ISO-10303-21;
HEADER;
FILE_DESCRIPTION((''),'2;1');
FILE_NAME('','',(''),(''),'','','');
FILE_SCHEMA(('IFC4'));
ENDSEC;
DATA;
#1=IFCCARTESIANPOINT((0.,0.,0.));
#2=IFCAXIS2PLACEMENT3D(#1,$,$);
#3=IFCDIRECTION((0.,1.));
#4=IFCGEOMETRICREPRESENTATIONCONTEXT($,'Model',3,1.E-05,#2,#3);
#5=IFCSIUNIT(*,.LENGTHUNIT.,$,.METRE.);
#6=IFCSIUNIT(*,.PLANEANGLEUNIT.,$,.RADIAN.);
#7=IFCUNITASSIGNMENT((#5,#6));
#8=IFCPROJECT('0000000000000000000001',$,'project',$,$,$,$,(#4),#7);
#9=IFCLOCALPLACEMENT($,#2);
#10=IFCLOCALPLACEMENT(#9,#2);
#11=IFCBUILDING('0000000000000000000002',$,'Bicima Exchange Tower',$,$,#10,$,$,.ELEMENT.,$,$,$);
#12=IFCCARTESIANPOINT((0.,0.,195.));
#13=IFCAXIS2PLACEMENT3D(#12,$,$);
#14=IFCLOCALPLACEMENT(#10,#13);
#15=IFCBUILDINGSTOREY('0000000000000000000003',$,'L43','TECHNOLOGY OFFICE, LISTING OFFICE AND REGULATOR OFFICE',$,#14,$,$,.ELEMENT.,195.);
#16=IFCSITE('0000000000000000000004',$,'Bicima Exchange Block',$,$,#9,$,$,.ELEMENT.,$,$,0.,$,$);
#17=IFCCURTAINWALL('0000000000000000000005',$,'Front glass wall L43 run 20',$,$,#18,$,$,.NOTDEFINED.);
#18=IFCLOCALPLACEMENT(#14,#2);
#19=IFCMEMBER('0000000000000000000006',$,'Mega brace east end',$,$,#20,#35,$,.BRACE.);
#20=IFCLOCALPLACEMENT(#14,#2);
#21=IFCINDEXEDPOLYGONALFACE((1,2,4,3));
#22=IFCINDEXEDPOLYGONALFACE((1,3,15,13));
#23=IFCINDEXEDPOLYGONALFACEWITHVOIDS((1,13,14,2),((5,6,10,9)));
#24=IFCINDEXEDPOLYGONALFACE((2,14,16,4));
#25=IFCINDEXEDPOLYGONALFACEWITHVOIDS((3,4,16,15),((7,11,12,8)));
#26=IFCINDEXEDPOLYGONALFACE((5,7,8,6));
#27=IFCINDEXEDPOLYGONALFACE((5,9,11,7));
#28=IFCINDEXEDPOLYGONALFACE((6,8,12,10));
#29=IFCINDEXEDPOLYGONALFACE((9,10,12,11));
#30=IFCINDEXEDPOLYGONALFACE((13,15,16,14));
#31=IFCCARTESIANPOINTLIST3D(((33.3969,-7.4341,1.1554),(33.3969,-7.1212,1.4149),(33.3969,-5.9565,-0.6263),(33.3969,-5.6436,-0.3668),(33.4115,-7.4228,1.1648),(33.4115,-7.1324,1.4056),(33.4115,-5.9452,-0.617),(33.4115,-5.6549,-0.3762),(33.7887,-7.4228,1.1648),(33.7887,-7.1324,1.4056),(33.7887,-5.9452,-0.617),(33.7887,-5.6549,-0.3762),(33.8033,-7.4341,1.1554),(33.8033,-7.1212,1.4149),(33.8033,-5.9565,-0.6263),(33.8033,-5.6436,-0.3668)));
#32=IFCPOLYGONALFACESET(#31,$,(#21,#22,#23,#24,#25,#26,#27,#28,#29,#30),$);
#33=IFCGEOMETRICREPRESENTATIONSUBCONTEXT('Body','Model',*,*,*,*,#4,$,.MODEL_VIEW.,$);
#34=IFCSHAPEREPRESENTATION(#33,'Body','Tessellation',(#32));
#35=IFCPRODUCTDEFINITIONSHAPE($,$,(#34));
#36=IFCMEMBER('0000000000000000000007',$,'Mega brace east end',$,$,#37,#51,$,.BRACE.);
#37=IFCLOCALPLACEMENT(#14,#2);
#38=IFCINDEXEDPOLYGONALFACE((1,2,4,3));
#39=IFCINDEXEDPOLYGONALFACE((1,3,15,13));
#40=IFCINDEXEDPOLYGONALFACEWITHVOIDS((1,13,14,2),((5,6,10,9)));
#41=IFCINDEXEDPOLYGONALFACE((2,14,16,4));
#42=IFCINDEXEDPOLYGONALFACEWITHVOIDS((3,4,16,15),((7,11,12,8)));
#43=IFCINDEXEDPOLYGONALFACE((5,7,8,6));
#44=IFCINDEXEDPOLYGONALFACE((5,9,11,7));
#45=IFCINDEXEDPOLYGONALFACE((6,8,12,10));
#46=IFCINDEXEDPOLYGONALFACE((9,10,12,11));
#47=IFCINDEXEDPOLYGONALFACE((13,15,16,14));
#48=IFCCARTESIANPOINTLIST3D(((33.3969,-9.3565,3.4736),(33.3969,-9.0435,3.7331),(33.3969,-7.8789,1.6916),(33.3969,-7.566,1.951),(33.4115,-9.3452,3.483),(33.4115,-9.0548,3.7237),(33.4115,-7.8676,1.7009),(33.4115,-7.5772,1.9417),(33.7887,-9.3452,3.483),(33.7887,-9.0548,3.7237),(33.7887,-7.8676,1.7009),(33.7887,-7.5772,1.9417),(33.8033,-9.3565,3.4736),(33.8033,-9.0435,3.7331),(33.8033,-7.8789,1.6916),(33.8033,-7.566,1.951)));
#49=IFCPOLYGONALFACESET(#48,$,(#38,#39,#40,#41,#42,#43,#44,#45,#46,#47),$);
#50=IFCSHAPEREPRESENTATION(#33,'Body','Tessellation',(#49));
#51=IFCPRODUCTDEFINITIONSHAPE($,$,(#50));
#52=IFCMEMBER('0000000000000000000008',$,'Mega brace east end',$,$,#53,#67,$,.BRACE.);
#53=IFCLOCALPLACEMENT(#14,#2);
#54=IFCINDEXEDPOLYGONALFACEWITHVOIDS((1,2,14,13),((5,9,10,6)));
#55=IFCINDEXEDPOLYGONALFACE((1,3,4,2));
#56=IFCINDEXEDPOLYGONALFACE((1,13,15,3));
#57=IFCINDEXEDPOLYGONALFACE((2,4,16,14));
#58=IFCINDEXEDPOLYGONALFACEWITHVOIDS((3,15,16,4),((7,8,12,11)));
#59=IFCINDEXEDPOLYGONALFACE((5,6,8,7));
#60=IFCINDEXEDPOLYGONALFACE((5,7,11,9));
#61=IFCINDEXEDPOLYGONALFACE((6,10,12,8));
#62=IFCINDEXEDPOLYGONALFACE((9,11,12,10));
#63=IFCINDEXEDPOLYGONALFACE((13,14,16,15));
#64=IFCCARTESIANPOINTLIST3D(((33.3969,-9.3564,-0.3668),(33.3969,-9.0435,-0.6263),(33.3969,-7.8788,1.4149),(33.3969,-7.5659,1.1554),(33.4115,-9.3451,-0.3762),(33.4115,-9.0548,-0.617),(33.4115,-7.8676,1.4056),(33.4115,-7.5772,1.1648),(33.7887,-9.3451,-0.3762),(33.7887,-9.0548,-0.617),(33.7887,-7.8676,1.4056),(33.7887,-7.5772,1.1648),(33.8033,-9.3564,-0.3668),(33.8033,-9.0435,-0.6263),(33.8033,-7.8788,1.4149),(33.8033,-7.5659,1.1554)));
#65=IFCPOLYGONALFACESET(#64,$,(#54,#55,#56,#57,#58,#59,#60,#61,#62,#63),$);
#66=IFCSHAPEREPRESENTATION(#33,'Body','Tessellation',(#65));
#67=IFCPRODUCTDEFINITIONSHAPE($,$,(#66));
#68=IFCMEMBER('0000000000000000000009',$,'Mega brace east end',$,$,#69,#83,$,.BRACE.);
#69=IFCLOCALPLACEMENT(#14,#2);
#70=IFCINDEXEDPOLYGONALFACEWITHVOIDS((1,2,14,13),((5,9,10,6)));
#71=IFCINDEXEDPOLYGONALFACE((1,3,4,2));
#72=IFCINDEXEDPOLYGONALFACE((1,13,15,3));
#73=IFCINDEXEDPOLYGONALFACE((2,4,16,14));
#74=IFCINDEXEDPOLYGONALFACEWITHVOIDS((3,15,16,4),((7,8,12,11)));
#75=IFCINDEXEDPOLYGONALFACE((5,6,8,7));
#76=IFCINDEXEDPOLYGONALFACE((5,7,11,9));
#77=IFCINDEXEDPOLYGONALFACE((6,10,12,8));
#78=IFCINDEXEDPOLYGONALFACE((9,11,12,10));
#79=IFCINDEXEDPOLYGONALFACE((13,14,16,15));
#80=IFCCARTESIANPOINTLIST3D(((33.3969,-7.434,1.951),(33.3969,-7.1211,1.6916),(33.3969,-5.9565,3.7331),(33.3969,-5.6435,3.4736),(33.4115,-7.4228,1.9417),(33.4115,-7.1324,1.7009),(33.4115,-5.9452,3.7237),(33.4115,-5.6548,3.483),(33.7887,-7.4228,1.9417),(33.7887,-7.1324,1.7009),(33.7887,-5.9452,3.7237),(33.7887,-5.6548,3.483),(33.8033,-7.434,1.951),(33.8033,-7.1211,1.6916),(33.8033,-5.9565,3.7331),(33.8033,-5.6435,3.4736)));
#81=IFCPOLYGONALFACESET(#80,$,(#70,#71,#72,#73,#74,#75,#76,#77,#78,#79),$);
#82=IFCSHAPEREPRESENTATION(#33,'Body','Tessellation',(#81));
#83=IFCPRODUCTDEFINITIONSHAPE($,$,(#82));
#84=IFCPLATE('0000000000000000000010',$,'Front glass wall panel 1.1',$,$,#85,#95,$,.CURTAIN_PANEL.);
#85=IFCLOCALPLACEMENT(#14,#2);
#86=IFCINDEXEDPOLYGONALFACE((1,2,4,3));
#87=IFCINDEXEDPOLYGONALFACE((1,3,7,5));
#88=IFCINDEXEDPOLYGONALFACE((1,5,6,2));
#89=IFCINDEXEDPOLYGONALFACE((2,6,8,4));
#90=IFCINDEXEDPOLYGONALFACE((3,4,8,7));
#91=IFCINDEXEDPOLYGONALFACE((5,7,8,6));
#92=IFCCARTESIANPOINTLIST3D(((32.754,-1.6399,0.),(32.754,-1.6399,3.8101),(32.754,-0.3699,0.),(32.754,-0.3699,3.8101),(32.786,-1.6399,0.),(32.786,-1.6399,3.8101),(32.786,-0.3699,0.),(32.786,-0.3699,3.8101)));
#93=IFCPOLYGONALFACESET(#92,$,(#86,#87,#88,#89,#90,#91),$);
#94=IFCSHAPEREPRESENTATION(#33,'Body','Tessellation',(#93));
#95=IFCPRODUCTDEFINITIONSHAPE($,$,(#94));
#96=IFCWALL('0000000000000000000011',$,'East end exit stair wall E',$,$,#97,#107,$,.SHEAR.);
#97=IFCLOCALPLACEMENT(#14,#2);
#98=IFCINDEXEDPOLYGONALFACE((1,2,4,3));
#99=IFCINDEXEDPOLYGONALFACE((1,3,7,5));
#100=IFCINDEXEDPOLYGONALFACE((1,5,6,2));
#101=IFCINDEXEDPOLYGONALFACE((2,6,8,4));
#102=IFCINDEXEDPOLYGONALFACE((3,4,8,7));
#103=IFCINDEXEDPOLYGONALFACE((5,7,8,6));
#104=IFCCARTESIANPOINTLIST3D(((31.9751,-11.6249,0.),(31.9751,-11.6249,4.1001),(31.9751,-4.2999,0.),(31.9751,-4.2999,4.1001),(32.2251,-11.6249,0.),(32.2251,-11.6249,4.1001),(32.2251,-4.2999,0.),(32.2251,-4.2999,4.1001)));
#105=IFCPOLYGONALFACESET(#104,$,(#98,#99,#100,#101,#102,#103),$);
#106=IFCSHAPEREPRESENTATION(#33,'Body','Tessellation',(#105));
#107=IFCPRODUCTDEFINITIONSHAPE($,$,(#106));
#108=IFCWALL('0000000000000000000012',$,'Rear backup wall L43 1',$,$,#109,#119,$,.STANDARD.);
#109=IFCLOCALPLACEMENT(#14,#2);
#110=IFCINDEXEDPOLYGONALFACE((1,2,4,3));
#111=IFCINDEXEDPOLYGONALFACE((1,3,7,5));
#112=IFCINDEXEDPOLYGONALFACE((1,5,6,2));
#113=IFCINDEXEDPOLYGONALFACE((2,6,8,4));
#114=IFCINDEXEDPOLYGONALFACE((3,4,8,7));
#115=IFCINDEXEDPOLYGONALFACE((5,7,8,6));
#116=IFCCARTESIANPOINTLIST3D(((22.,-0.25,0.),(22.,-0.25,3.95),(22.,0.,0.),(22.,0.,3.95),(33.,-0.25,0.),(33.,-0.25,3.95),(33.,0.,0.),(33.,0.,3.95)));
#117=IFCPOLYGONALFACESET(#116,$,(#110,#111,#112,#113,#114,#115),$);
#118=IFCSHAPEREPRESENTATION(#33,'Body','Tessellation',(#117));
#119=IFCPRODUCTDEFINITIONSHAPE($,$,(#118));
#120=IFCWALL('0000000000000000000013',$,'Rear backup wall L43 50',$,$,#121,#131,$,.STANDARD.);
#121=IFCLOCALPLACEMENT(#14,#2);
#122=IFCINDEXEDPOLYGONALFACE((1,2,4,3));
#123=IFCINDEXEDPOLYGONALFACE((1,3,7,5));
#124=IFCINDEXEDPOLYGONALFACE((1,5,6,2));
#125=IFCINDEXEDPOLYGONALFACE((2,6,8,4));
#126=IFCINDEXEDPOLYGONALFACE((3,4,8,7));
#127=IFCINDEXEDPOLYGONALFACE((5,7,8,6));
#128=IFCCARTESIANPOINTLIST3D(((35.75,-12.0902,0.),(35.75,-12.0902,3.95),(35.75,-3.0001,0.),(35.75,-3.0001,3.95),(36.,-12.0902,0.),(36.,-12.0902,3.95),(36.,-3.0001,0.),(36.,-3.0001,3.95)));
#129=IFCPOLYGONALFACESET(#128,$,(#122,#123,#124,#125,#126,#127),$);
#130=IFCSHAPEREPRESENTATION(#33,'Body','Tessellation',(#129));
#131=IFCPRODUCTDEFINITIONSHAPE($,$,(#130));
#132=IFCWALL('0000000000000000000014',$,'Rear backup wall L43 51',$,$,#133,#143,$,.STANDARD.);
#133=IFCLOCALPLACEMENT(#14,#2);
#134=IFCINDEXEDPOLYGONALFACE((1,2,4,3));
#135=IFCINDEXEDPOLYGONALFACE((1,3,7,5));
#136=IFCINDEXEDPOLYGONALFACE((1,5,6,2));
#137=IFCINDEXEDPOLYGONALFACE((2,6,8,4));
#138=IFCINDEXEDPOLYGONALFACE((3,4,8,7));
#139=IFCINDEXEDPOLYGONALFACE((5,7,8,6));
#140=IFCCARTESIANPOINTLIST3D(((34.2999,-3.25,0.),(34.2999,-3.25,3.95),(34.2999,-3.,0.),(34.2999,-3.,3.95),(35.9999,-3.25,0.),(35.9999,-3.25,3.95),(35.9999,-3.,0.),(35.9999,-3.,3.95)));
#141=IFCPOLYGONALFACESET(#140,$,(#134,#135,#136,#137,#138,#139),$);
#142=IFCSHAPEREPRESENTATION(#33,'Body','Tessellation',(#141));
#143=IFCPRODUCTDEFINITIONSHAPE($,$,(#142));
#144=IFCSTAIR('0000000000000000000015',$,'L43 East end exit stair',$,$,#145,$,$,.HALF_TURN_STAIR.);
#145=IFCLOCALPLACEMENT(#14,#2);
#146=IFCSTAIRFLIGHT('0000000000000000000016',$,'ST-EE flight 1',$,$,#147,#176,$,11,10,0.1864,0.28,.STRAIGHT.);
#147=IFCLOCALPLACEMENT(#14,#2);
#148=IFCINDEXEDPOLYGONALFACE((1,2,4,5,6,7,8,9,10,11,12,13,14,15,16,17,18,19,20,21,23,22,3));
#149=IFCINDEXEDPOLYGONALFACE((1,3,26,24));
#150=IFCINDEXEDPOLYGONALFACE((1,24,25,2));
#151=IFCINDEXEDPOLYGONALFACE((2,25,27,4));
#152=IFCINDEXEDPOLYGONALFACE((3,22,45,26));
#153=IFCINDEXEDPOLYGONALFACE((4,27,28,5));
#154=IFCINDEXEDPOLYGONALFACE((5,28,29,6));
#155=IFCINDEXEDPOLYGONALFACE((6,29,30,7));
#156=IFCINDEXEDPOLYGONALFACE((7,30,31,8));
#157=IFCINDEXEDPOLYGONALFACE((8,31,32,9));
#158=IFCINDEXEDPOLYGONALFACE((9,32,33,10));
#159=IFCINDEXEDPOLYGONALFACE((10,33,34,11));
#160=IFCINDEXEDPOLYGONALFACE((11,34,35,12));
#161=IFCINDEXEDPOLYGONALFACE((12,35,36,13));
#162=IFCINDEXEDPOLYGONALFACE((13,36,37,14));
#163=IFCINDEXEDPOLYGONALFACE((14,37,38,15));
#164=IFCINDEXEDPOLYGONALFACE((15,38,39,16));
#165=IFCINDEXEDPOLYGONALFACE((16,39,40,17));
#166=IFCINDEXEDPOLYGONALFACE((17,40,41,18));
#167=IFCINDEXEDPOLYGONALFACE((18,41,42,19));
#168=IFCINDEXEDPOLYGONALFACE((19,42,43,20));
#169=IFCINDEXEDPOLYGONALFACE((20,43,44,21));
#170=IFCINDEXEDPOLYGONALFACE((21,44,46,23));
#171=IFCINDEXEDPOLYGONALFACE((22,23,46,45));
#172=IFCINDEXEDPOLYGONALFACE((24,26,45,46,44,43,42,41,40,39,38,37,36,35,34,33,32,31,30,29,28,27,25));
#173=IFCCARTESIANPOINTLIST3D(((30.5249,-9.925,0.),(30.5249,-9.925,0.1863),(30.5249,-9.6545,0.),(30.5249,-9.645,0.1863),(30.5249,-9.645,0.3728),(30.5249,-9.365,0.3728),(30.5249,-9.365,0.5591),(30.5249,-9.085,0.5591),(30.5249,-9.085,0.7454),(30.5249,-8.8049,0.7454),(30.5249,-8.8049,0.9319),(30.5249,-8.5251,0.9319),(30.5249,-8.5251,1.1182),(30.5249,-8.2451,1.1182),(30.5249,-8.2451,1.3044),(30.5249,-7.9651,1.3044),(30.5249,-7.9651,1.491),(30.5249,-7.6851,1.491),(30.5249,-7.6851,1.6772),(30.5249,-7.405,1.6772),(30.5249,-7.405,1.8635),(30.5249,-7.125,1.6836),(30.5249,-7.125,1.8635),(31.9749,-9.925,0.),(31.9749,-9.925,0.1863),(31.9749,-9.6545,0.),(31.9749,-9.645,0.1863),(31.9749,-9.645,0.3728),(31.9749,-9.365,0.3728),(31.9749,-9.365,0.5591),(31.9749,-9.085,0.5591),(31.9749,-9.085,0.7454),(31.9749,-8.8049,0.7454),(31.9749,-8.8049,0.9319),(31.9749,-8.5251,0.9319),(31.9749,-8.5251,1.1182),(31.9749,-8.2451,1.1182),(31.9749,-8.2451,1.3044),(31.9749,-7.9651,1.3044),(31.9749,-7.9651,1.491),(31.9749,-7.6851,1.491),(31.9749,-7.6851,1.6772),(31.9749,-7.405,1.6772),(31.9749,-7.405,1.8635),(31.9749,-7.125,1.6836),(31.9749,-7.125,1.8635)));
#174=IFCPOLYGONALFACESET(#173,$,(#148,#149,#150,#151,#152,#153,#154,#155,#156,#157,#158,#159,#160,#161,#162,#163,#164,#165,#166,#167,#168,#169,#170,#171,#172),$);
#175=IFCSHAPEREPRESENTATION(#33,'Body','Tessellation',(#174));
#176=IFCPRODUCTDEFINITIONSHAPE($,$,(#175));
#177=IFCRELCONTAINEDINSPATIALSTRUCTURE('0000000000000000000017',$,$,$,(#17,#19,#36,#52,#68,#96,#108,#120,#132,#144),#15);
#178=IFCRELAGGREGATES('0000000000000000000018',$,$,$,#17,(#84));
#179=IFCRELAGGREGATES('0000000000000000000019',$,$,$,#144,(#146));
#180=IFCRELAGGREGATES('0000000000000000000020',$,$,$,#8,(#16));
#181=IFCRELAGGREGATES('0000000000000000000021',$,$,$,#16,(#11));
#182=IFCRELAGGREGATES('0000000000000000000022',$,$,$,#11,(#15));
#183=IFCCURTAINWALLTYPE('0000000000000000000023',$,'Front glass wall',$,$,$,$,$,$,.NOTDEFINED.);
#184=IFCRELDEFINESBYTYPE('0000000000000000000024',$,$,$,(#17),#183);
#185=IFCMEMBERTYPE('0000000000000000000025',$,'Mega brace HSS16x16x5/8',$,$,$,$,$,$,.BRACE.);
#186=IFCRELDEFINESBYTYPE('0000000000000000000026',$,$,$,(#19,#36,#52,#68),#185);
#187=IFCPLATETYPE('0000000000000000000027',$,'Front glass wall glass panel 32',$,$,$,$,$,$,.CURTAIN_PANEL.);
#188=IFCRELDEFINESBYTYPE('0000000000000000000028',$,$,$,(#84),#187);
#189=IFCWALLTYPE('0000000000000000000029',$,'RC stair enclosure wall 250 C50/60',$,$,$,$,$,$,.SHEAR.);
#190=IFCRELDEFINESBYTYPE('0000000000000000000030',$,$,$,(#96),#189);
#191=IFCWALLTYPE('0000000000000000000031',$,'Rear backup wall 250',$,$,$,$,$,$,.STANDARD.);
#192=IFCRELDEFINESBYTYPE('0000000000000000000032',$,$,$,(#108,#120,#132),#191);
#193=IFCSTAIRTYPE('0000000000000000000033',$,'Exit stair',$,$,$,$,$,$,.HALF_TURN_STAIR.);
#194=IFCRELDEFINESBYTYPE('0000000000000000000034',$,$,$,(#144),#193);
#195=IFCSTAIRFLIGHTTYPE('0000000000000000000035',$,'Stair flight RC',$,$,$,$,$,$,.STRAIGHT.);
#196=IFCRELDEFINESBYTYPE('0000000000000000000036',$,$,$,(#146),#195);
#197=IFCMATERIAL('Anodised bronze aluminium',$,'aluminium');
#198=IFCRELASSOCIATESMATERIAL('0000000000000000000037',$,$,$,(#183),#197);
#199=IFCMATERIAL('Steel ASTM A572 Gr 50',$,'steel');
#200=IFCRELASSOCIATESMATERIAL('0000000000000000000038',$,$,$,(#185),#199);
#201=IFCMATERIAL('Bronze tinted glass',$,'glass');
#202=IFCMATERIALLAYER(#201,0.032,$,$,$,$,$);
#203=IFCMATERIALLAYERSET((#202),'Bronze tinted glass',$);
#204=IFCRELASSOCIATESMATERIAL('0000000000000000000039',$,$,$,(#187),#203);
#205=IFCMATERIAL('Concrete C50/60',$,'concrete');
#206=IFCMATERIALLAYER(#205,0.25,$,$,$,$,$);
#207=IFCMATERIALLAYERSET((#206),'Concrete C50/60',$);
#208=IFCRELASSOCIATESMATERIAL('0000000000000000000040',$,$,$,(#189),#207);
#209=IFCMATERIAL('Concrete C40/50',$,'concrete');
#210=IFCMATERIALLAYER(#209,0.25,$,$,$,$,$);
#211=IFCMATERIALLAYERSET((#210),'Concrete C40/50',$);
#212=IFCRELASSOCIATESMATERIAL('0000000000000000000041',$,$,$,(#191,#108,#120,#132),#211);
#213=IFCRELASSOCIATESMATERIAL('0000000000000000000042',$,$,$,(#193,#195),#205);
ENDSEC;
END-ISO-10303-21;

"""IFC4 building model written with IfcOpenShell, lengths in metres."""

from ifc_helpers import new_model, si_unit, direction, frame, frame_2d, origin, origin_2d, place, context, subcontext, project, spatial, polyline, rectangle, hollow_rectangle, outline, extrude, material, layer, layer_set, layer_usage, material_profile, profile_set, type_object, element, aggregate, save


model = new_model("IFC4")

# Units and contexts
model_context = context("Model", 3, precision=1e-05, world=origin(), true_north=direction((0.0, 1.0)))
body_context = subcontext(model_context, "Body", "Model", "MODEL_VIEW")
ifc_project = project(units=[si_unit("LENGTHUNIT", "METRE"), si_unit("PLANEANGLEUNIT", "RADIAN")], contexts=[model_context])

# Site, building, storey
site_placement = place(None, origin())
site = spatial("IfcSite", under=ifc_project, at=site_placement, Name="Bicima Exchange Block", CompositionType="ELEMENT", RefElevation=0.0)
building_placement = place(site_placement, origin())
building = spatial("IfcBuilding", under=site, at=building_placement, Name="Bicima Exchange Tower", CompositionType="ELEMENT")
storey_placement = place(building_placement, frame((0.0, 0.0, 195.0)))
storey = spatial("IfcBuildingStorey", under=building, at=storey_placement, Name="L43", Description="TECHNOLOGY OFFICE, LISTING OFFICE AND REGULATOR OFFICE", CompositionType="ELEMENT", Elevation=195.0)

# Shared definitions
ifc_material_1 = material(Name="Steel ASTM A572 Gr 50", Category="steel")

# Shared definitions
ifc_material_2 = material(Name="Anodised bronze aluminium", Category="aluminium")

# Curtain wall
curtain_wall_type_1 = type_object("IfcCurtainWallType", Name="Front glass wall", PredefinedType="NOTDEFINED", material=ifc_material_2)
curtain_wall_1_placement = place(storey_placement, origin())
curtain_wall_1 = element("IfcCurtainWall", 1, at=curtain_wall_1_placement, inside=storey, type_object=curtain_wall_type_1, Name="Front glass wall L43 run 20", PredefinedType="NOTDEFINED")

# Members
ifc_material_profile_1 = material_profile(ifc_material_1, hollow_rectangle(XDim=0.4065, YDim=0.4065, WallThickness=0.0146, at=origin_2d()))
ifc_profile_set_1 = profile_set([ifc_material_profile_1], Name="Steel ASTM A572 Gr 50")
member_type_1 = type_object("IfcMemberType", Name="Mega brace HSS16x16x5/8", PredefinedType="BRACE", material=ifc_profile_set_1)
member_1_placement = place(storey_placement, frame((33.6001, -5.8, -0.4966), z_axis=(0.0, -0.638336, 0.769758), x_axis=(1.0, 0.0, 0.0)))
element("IfcMember", 2, at=member_1_placement, inside=storey, type_object=member_type_1, Name="Mega brace east end", PredefinedType="BRACE", context=body_context, shape_type="SweptSolid", body=[
    extrude(hollow_rectangle(XDim=0.4065, YDim=0.4065, WallThickness=0.0146, at=origin_2d()), origin(), (0.0, 0.0, 1.0), 2.3147),
])
member_2_placement = place(storey_placement, frame((33.6001, -7.7224, 1.8213), z_axis=(0.0, -0.638284, 0.769801), x_axis=(1.0, 0.0, 0.0)))
element("IfcMember", 3, at=member_2_placement, inside=storey, type_object=member_type_1, Name="Mega brace east end", PredefinedType="BRACE", context=body_context, shape_type="SweptSolid", body=[
    extrude(hollow_rectangle(XDim=0.4065, YDim=0.4065, WallThickness=0.0146, at=origin_2d()), origin(), (0.0, 0.0, 1.0), 2.3149),
])
member_3_placement = place(storey_placement, frame((33.6001, -9.2, -0.4966), z_axis=(0.0, 0.638336, 0.769758), x_axis=(-1.0, 0.0, 0.0)))
element("IfcMember", 4, at=member_3_placement, inside=storey, type_object=member_type_1, Name="Mega brace east end", PredefinedType="BRACE", context=body_context, shape_type="SweptSolid", body=[
    extrude(hollow_rectangle(XDim=0.4065, YDim=0.4065, WallThickness=0.0146, at=origin_2d()), origin(), (0.0, 0.0, 1.0), 2.3147),
])
member_4_placement = place(storey_placement, frame((33.6001, -7.2776, 1.8213), z_axis=(0.0, 0.638284, 0.769801), x_axis=(-1.0, 0.0, 0.0)))
element("IfcMember", 5, at=member_4_placement, inside=storey, type_object=member_type_1, Name="Mega brace east end", PredefinedType="BRACE", context=body_context, shape_type="SweptSolid", body=[
    extrude(hollow_rectangle(XDim=0.4065, YDim=0.4065, WallThickness=0.0146, at=origin_2d()), origin(), (0.0, 0.0, 1.0), 2.3149),
])

# Plate
ifc_material_3 = material(Name="Bronze tinted glass", Category="glass")
ifc_layer_1 = layer(ifc_material_3, 0.032)
ifc_layer_set_1 = layer_set([ifc_layer_1], Name="Bronze tinted glass")
plate_type = type_object("IfcPlateType", Name="Front glass wall glass panel 32", PredefinedType="CURTAIN_PANEL", material=ifc_layer_set_1)
plate_placement = place(storey_placement, frame((32.77, -1.0049, 0.0), z_axis=(0.0, 0.0, 1.0), x_axis=(0.0, 1.0, 0.0)))
plate = element("IfcPlate", 6, at=plate_placement, type_object=plate_type, Name="Front glass wall panel 1.1", PredefinedType="CURTAIN_PANEL", context=body_context, shape_type="SweptSolid", body=[
    extrude(rectangle(XDim=1.27, YDim=0.032, at=origin_2d()), origin(), (0.0, 0.0, 1.0), 3.8101),
])
aggregate(curtain_wall_1, [plate])

# Walls
ifc_material_4 = material(Name="Concrete C50/60", Category="concrete")
ifc_layer_2 = layer(ifc_material_4, 0.25)
ifc_layer_set_2 = layer_set([ifc_layer_2], Name="Concrete C50/60")
wall_type_1 = type_object("IfcWallType", Name="RC stair enclosure wall 250 C50/60", PredefinedType="SHEAR", material=ifc_layer_set_2)
wall_1_placement = place(storey_placement, frame((32.1001, -11.625, 0.0), z_axis=(0.0, 0.0, 1.0), x_axis=(0.0, 1.0, 0.0)))
element("IfcWall", 7, at=wall_1_placement, inside=storey, type_object=wall_type_1, Name="East end exit stair wall E", PredefinedType="SHEAR", context=body_context, shape_type="SweptSolid", body=[
    extrude(rectangle(XDim=7.325, YDim=0.25, at=frame_2d((3.6626, 0.0))), origin(), (0.0, 0.0, 1.0), 4.1001),
])
ifc_material_5 = material(Name="Concrete C40/50", Category="concrete")
ifc_layer_3 = layer(ifc_material_5, 0.25)
ifc_layer_set_3 = layer_set([ifc_layer_3], Name="Concrete C40/50")
ifc_layer_usage = layer_usage(ifc_layer_set_3, "AXIS2", "POSITIVE", -0.125)
wall_type_2 = type_object("IfcWallType", Name="Rear backup wall 250", PredefinedType="STANDARD", material=ifc_layer_set_3)
wall_2_placement = place(storey_placement, frame((33.0, -0.125, 0.0), z_axis=(0.0, 0.0, 1.0), x_axis=(-1.0, 0.0, 0.0)))
element("IfcWall", 8, at=wall_2_placement, inside=storey, type_object=wall_type_2, material=ifc_layer_usage, Name="Rear backup wall L43 1", PredefinedType="STANDARD", context=body_context, shape_type="SweptSolid", body=[
    extrude(rectangle(XDim=11.0, YDim=0.25, at=frame_2d((5.5, 0.0))), origin(), (0.0, 0.0, 1.0), 3.95),
])
wall_3_placement = place(storey_placement, frame((35.875, -12.0901, 0.0), z_axis=(0.0, 0.0, 1.0), x_axis=(0.0, 1.0, 0.0)))
element("IfcWall", 9, at=wall_3_placement, inside=storey, type_object=wall_type_2, material=ifc_layer_usage, Name="Rear backup wall L43 50", PredefinedType="STANDARD", context=body_context, shape_type="SweptSolid", body=[
    extrude(rectangle(XDim=9.0901, YDim=0.25, at=frame_2d((4.5449, 0.0))), origin(), (0.0, 0.0, 1.0), 3.95),
])
wall_4_placement = place(storey_placement, frame((36.0, -3.125, 0.0), z_axis=(0.0, 0.0, 1.0), x_axis=(-1.0, 0.0, 0.0)))
element("IfcWall", 10, at=wall_4_placement, inside=storey, type_object=wall_type_2, material=ifc_layer_usage, Name="Rear backup wall L43 51", PredefinedType="STANDARD", context=body_context, shape_type="SweptSolid", body=[
    extrude(rectangle(XDim=1.7, YDim=0.25, at=frame_2d((0.8501, 0.0))), origin(), (0.0, 0.0, 1.0), 3.95),
])

# Stair, stair flight
stair_type = type_object("IfcStairType", Name="Exit stair", PredefinedType="HALF_TURN_STAIR", material=ifc_material_4)
stair_placement = place(storey_placement, origin())
stair = element("IfcStair", 11, at=stair_placement, inside=storey, type_object=stair_type, Name="L43 East end exit stair", PredefinedType="HALF_TURN_STAIR")
stair_flight_type = type_object("IfcStairFlightType", Name="Stair flight RC", PredefinedType="STRAIGHT", material=ifc_material_4)
stair_flight_placement = place(storey_placement, frame((31.25, -9.925, 0.0), z_axis=(0.0, 0.0, 1.0), x_axis=(0.0, 1.0, 0.0)))
stair_flight = element("IfcStairFlight", 12, at=stair_flight_placement, type_object=stair_flight_type, Name="ST-EE flight 1", NumberOfRisers=11, NumberOfTreads=10, PredefinedType="STRAIGHT", RiserHeight=0.1864, TreadLength=0.28, context=body_context, shape_type="SweptSolid", body=[
    extrude(outline(polyline([(0.0, 0.0), (0.0, 0.1863), (0.28, 0.1863), (0.28, 0.3728), (0.5601, 0.3728), (0.5601, 0.5591), (0.8401, 0.5591), (0.8401, 0.7454), (1.1201, 0.7454), (1.1201, 0.9319), (1.3999, 0.9319), (1.3999, 1.1182), (1.6799, 1.1182), (1.6799, 1.3044), (1.96, 1.3044), (1.96, 1.491), (2.24, 1.491), (2.24, 1.6772), (2.52, 1.6772), (2.52, 1.8635), (2.8, 1.8635), (2.8, 2.05), (2.8, 1.6836), (0.2705, 0.0), (0.0, 0.0)])), frame((0.0, 0.7251, 0.0), z_axis=(0.0, -1.0, 0.0), x_axis=(1.0, 0.0, 0.0)), (0.0, 0.0, 1.0), 1.45),
])
aggregate(stair, [stair_flight])

save(model, "model.ifc")
